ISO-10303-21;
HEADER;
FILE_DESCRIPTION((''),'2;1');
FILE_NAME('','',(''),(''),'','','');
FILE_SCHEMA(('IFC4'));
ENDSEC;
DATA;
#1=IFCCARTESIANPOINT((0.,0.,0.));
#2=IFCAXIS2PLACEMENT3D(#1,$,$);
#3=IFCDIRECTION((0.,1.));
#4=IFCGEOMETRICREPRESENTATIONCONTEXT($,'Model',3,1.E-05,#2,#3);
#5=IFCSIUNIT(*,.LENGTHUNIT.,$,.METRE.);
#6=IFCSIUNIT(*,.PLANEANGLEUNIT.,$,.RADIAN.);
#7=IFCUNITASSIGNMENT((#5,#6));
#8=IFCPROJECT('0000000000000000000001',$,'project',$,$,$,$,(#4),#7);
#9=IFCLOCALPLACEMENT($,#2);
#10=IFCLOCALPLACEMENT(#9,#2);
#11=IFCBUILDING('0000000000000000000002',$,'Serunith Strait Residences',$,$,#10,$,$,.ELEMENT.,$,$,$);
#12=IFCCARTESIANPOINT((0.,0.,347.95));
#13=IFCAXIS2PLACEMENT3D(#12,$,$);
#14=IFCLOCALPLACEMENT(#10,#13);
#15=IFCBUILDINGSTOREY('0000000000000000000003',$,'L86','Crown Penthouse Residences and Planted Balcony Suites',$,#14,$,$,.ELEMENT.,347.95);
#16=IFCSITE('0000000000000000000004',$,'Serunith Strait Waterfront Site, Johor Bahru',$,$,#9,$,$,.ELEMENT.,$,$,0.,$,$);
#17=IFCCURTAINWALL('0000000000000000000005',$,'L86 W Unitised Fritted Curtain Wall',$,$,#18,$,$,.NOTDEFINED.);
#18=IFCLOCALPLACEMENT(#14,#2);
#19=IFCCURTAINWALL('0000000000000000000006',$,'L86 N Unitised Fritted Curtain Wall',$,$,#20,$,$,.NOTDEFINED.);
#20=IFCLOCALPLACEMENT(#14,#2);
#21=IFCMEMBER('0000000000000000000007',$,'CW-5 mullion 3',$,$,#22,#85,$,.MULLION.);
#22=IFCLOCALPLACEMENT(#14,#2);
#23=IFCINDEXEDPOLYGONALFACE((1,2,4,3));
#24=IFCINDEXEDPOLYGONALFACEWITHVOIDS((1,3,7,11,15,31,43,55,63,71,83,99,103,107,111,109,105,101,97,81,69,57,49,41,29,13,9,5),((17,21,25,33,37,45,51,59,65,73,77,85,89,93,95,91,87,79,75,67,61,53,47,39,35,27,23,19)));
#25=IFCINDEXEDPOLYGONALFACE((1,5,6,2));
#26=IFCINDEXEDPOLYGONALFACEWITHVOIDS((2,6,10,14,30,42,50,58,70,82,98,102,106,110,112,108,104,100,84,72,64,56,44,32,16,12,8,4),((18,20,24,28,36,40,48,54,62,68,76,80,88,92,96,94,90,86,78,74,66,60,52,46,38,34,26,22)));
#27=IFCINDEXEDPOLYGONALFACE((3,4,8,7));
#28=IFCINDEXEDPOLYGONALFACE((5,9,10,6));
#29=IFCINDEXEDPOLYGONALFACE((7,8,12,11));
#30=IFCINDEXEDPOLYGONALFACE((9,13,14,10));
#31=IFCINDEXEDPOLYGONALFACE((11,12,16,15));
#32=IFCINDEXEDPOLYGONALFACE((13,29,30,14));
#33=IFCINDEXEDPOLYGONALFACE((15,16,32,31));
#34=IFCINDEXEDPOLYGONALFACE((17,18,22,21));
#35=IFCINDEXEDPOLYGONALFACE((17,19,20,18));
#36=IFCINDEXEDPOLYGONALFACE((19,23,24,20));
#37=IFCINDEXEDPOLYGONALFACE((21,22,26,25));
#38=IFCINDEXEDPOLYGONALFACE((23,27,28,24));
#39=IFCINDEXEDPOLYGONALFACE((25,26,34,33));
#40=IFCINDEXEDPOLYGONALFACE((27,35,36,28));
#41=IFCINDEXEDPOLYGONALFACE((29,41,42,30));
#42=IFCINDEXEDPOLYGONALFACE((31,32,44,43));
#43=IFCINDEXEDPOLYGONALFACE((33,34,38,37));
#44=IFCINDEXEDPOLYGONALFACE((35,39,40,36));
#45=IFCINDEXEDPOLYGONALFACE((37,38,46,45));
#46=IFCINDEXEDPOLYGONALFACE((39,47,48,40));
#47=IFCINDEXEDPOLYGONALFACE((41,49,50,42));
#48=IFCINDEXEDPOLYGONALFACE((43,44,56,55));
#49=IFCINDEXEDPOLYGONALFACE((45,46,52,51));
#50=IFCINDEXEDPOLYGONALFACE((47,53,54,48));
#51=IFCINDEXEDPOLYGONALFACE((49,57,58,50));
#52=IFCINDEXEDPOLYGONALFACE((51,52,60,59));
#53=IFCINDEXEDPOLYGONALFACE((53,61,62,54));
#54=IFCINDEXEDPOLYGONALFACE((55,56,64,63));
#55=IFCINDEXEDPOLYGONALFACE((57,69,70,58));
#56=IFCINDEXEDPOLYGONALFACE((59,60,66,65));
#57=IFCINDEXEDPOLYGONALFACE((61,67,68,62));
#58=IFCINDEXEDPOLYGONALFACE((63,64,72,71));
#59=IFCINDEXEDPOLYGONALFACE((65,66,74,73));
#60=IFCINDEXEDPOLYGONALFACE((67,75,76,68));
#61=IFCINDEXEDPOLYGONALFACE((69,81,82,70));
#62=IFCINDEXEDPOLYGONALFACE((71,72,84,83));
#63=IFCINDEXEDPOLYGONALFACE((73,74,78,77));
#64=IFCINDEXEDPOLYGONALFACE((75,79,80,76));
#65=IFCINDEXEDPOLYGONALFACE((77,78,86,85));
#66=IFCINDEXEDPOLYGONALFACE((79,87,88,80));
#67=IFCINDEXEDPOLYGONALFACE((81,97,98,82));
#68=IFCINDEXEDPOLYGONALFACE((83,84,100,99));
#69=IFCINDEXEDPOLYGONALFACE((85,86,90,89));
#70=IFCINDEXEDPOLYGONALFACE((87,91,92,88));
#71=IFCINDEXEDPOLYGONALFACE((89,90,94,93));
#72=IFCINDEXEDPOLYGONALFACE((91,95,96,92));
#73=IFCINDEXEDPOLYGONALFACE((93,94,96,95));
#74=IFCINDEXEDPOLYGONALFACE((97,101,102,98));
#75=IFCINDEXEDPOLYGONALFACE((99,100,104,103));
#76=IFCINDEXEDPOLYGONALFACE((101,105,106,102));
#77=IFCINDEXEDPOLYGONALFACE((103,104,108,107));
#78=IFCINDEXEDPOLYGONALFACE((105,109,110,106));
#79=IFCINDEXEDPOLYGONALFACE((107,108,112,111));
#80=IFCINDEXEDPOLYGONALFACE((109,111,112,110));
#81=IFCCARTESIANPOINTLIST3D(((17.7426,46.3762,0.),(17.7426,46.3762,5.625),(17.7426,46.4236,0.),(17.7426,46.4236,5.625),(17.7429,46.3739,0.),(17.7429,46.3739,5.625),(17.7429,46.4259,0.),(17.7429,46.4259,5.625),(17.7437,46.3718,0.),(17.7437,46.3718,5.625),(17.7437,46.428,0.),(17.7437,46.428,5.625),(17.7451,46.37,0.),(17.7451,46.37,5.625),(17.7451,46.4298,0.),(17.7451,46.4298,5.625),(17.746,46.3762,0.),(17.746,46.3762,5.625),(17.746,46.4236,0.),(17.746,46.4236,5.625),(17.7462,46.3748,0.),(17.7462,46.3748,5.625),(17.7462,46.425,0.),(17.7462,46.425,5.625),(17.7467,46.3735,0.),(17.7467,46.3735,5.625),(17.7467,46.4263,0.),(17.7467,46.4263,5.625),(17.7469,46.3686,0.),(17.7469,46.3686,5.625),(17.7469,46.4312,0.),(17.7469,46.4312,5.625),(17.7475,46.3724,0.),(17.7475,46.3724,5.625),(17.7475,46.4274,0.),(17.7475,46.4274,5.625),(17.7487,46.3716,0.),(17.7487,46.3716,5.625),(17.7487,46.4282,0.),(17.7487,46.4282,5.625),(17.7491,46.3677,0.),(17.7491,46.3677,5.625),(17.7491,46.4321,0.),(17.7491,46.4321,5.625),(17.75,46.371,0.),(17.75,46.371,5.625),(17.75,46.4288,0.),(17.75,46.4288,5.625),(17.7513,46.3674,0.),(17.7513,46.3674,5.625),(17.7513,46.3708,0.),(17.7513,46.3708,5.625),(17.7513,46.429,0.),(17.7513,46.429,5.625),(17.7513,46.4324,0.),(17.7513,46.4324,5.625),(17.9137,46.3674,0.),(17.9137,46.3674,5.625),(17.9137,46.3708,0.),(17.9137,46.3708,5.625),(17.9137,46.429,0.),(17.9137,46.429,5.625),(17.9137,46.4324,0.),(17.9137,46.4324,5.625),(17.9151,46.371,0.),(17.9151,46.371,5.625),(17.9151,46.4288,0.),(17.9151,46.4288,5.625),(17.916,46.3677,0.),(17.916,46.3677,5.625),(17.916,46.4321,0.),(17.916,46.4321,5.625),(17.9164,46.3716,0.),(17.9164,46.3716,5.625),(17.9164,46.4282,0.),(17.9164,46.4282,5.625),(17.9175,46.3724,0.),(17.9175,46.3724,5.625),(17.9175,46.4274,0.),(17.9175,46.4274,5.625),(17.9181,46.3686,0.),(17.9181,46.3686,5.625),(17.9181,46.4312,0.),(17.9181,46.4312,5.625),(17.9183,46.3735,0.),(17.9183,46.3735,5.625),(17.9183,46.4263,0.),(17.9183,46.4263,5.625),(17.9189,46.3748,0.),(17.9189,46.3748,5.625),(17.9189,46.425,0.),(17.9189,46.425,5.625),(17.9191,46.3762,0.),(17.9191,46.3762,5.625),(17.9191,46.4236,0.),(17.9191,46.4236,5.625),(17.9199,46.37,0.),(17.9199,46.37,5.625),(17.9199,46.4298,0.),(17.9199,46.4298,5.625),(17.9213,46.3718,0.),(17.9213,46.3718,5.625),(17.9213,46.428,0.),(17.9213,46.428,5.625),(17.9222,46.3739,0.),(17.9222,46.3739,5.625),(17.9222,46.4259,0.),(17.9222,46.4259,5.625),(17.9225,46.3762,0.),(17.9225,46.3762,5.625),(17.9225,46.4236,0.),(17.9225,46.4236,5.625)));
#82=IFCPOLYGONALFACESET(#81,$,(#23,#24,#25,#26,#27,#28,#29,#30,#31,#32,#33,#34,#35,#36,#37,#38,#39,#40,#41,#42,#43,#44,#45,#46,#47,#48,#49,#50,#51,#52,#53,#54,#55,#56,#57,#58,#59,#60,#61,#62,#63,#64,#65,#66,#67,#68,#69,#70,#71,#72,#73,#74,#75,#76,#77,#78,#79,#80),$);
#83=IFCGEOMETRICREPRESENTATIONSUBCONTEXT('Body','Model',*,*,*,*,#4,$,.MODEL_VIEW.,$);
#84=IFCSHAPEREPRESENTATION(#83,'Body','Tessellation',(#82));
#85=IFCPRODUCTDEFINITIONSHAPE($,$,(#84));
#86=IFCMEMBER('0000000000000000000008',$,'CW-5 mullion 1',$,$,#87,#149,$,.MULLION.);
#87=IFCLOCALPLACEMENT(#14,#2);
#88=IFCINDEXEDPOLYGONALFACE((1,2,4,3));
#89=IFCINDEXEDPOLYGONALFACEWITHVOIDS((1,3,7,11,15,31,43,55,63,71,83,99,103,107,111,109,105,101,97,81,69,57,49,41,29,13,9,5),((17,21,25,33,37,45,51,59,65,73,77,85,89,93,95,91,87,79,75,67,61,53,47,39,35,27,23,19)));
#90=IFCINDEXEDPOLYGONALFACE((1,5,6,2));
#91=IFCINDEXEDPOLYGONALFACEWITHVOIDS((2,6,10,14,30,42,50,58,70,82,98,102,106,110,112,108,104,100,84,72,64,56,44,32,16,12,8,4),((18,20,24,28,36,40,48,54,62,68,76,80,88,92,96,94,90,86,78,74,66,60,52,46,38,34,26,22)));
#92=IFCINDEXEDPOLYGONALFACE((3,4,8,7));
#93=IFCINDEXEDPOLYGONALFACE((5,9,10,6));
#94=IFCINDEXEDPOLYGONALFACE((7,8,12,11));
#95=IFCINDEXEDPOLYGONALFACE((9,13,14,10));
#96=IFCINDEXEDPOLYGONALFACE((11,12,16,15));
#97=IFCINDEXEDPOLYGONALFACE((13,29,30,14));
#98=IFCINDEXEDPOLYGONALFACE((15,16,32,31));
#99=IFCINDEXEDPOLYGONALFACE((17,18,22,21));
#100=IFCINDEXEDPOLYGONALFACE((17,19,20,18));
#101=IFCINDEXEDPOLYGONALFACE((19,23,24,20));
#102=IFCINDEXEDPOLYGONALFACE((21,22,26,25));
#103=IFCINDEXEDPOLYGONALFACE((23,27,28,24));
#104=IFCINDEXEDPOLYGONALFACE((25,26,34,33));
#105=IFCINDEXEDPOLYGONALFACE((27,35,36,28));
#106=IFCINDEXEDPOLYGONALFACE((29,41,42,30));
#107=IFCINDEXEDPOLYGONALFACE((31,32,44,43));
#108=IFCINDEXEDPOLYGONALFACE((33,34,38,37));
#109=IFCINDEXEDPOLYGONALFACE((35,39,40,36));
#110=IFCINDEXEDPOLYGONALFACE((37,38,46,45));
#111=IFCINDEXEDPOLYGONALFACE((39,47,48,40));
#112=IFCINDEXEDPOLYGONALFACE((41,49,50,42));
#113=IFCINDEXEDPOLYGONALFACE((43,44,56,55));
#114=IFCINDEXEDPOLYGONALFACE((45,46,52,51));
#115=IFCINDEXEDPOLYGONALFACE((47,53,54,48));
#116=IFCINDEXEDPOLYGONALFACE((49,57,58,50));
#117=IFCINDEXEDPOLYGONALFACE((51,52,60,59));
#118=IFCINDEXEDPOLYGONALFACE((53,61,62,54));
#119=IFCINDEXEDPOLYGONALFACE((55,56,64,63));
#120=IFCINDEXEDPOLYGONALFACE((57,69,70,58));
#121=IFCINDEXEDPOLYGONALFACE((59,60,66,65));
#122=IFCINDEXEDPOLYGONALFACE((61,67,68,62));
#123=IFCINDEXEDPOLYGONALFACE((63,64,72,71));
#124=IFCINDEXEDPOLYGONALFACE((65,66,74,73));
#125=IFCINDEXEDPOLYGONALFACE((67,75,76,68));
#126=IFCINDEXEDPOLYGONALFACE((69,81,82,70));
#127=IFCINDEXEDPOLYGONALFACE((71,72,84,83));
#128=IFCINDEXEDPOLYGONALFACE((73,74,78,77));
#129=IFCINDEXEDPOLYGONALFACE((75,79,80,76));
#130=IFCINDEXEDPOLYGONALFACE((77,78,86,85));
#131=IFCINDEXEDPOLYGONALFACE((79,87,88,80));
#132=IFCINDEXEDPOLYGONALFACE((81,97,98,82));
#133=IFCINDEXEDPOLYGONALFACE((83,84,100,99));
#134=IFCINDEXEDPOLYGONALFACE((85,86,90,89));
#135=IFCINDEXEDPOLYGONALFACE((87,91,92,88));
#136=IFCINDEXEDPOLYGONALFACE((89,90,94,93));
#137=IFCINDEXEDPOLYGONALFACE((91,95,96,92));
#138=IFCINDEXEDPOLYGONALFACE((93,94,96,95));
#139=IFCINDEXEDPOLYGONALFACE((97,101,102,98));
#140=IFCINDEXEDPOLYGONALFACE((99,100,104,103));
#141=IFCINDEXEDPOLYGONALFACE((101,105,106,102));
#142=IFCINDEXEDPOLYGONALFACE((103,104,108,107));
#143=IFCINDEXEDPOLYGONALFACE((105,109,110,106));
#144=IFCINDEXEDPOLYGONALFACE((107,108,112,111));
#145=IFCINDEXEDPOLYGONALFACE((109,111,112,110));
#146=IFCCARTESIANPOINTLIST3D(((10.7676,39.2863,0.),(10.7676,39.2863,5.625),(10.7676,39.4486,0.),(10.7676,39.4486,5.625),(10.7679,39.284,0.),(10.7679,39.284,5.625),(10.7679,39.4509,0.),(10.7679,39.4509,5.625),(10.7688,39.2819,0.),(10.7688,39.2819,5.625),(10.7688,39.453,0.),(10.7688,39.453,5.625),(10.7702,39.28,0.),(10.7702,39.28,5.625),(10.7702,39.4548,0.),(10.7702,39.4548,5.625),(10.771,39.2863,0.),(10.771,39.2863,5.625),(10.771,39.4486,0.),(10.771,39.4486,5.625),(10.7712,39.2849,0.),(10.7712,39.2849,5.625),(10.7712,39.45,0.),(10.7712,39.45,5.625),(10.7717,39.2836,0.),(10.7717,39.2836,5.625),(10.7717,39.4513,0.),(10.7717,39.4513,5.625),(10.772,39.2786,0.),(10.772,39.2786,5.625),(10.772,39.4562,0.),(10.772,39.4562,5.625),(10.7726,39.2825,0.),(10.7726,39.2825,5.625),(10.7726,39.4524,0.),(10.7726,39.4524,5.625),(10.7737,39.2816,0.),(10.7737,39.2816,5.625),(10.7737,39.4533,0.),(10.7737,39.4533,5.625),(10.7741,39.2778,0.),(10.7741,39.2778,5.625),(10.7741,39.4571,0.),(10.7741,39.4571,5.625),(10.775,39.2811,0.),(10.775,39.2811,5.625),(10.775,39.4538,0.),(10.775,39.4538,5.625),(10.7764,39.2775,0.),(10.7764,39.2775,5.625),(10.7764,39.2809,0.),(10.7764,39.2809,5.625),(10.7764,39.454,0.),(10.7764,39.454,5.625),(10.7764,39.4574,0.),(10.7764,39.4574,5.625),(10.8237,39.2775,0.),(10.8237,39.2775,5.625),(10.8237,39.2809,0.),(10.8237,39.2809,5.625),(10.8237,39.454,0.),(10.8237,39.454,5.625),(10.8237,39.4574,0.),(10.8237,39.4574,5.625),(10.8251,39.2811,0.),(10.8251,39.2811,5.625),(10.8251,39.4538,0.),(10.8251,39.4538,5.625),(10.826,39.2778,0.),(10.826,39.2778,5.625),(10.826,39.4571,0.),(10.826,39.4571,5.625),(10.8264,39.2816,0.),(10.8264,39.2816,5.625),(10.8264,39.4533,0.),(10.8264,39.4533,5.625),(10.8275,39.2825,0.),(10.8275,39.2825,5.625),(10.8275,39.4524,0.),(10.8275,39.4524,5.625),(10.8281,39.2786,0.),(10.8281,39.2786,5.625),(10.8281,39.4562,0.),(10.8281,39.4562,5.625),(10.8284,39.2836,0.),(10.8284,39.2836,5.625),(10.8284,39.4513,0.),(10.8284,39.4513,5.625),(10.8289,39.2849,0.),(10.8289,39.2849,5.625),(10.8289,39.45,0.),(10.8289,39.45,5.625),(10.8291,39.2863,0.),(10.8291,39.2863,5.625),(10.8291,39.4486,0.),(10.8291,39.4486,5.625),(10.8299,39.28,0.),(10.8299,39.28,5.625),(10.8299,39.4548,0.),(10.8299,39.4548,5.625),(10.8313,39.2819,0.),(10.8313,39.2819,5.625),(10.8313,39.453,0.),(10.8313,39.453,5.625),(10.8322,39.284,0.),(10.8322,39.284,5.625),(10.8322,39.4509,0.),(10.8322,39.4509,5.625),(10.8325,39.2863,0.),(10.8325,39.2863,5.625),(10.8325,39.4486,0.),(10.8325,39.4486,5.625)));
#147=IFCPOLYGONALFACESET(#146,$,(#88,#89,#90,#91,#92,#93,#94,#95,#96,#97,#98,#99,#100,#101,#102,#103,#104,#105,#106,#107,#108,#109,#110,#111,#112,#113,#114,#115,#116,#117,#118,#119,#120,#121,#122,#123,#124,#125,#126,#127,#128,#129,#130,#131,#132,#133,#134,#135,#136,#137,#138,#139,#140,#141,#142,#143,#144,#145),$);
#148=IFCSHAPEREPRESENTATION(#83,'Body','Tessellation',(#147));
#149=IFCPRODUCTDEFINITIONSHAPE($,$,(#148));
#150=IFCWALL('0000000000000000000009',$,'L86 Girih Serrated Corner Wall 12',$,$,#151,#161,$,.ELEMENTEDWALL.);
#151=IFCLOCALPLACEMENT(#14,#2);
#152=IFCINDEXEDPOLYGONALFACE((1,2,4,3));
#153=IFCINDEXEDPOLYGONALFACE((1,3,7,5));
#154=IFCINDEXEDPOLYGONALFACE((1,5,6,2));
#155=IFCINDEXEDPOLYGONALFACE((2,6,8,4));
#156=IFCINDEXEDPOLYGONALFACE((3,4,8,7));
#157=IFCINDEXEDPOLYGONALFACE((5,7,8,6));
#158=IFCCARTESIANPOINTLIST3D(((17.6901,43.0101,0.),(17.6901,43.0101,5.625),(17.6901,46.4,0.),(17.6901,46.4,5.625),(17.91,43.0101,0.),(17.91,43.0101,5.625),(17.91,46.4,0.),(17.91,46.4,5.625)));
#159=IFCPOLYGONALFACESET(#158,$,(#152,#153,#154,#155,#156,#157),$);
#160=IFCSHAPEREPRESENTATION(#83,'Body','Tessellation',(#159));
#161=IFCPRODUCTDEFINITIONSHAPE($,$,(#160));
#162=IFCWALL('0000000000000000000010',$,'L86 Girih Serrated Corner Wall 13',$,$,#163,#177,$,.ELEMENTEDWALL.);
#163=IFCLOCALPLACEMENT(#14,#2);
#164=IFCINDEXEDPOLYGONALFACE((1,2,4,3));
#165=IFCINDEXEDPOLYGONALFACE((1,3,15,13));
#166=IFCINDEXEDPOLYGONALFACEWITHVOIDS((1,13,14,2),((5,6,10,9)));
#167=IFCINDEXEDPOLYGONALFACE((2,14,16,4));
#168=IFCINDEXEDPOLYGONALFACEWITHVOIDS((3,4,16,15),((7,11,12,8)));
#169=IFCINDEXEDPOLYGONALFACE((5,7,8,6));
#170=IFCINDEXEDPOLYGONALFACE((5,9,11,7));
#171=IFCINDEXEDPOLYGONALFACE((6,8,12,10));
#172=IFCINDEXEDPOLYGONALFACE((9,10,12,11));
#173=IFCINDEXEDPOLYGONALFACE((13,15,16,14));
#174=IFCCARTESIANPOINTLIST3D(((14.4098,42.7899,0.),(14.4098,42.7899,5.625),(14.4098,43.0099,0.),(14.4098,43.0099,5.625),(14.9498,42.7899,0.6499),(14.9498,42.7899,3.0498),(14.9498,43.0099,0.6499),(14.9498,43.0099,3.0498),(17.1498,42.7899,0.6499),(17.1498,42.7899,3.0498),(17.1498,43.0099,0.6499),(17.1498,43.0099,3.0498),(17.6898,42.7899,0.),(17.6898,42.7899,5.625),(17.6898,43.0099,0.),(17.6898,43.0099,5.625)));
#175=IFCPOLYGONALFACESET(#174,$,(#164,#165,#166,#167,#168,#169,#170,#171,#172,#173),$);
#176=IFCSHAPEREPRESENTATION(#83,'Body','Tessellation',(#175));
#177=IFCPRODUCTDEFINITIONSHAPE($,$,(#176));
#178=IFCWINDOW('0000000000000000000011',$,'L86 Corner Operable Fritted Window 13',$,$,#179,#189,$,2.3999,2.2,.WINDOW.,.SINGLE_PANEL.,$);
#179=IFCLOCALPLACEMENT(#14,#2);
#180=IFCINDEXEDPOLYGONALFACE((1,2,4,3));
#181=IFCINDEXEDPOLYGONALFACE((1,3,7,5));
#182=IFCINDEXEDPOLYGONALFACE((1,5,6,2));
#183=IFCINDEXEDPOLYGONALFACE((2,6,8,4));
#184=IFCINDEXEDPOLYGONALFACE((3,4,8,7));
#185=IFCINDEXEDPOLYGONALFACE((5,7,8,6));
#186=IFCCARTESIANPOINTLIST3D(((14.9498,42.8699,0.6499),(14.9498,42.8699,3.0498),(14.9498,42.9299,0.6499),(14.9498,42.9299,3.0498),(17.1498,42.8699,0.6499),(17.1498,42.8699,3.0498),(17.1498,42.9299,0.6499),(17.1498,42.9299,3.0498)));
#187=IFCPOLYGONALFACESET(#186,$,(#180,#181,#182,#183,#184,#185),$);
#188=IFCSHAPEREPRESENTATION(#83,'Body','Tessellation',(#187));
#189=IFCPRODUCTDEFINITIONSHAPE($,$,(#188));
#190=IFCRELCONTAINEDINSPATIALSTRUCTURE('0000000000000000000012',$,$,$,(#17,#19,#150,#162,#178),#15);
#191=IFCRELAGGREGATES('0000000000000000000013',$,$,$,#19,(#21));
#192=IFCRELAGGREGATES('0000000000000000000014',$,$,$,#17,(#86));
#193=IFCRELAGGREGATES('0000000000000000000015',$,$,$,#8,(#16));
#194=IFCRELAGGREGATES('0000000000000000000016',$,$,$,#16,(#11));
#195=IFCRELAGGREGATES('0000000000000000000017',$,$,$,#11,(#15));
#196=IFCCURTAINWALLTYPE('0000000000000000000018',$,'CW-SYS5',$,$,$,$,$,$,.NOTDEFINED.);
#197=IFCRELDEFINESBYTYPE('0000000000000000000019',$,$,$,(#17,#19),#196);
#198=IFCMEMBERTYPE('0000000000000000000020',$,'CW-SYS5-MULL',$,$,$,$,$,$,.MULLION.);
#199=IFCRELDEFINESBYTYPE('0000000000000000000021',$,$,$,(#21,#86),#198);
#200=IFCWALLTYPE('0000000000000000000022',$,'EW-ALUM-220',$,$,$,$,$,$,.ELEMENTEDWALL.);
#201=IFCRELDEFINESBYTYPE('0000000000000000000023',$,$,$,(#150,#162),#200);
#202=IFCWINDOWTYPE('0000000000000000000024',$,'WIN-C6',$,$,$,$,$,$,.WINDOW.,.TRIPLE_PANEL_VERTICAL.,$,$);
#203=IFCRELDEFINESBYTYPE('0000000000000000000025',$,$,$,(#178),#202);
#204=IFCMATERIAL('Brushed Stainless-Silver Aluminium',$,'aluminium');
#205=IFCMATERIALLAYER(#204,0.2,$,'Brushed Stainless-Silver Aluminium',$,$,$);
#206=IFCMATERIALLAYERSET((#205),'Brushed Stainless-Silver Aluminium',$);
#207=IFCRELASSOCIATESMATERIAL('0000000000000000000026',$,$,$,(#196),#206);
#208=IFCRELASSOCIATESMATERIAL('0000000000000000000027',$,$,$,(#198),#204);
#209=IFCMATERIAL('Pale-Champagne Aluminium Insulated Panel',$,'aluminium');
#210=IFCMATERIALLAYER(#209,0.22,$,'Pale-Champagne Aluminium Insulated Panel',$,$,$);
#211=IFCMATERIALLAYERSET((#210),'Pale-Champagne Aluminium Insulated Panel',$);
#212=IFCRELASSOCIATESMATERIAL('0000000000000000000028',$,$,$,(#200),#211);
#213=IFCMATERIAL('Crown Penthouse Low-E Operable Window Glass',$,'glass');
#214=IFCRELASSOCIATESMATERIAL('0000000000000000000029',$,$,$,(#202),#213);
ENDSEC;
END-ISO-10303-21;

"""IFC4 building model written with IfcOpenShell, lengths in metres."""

from ifc_helpers import new_model, si_unit, direction, frame, frame_2d, origin, origin_2d, place, context, subcontext, project, spatial, rectangle, hollow_rectangle, extrude, source, transform, mapped, material, layer, layer_set, material_profile, profile_set, type_object, element, fill, aggregate, save


model = new_model("IFC4")

# Units and contexts
model_context = context("Model", 3, precision=1e-05, world=origin(), true_north=direction((0.0, 1.0)))
body_context = subcontext(model_context, "Body", "Model", "MODEL_VIEW")
ifc_project = project(units=[si_unit("LENGTHUNIT", "METRE"), si_unit("PLANEANGLEUNIT", "RADIAN")], contexts=[model_context])

# Site, building, storey
site_placement = place(None, origin())
site = spatial("IfcSite", under=ifc_project, at=site_placement, Name="Serunith Strait Waterfront Site, Johor Bahru", CompositionType="ELEMENT", RefElevation=0.0)
building_placement = place(site_placement, origin())
building = spatial("IfcBuilding", under=site, at=building_placement, Name="Serunith Strait Residences", CompositionType="ELEMENT")
storey_placement = place(building_placement, frame((0.0, 0.0, 347.95)))
storey = spatial("IfcBuildingStorey", under=building, at=storey_placement, Name="L86", Description="Crown Penthouse Residences and Planted Balcony Suites", CompositionType="ELEMENT", Elevation=347.95)

# Curtain wall
ifc_material_1 = material(Name="Brushed Stainless-Silver Aluminium", Category="aluminium")
ifc_layer_1 = layer(ifc_material_1, 0.2, Name="Brushed Stainless-Silver Aluminium")
ifc_layer_set_1 = layer_set([ifc_layer_1], Name="Brushed Stainless-Silver Aluminium")
curtain_wall_type = type_object("IfcCurtainWallType", Name="CW-SYS5", PredefinedType="NOTDEFINED", material=ifc_layer_set_1)
curtain_wall_1_placement = place(storey_placement, origin())
curtain_wall_1 = element("IfcCurtainWall", 1, at=curtain_wall_1_placement, inside=storey, type_object=curtain_wall_type, Name="L86 W Unitised Fritted Curtain Wall", PredefinedType="NOTDEFINED")

# Curtain wall, member
curtain_wall_2_placement = place(storey_placement, origin())
curtain_wall_2 = element("IfcCurtainWall", 2, at=curtain_wall_2_placement, inside=storey, type_object=curtain_wall_type, Name="L86 N Unitised Fritted Curtain Wall", PredefinedType="NOTDEFINED")
ifc_material_profile_1 = material_profile(ifc_material_1, hollow_rectangle(XDim=0.0649, YDim=0.1799, WallThickness=0.0034, InnerFilletRadius=0.0054, OuterFilletRadius=0.0088, at=origin_2d()), Name="ALU 180x65x3.5")
ifc_profile_set_1 = profile_set([ifc_material_profile_1], Name="Brushed Stainless-Silver Aluminium")
member_type_1 = type_object("IfcMemberType", Name="CW-SYS5-MULL", PredefinedType="MULLION", material=ifc_profile_set_1)
shared_shape_1 = source(origin(), body_context, "Body", "SweptSolid", [
    extrude(hollow_rectangle(XDim=0.0649, YDim=0.1799, WallThickness=0.0034, InnerFilletRadius=0.0054, OuterFilletRadius=0.0088, at=origin_2d()), origin(), (0.0, 0.0, 1.0), 5.625),
])
member_1_placement = place(storey_placement, frame((17.8325, 46.3999, 0.0), z_axis=(0.0, 0.0, 1.0), x_axis=(0.0, -1.0, 0.0)))
member_1 = element("IfcMember", 3, at=member_1_placement, type_object=member_type_1, Name="CW-5 mullion 3", PredefinedType="MULLION", context=body_context, shape_type="MappedRepresentation", body=[
    mapped(shared_shape_1, transform((0.0, 0.0, 0.0), scale=1.0)),
])
aggregate(curtain_wall_2, [member_1])

# Member
member_2_placement = place(storey_placement, frame((10.8, 39.3674, 0.0), z_axis=(0.0, 0.0, 1.0), x_axis=(1.0, 0.0, 0.0)))
member_2 = element("IfcMember", 4, at=member_2_placement, type_object=member_type_1, Name="CW-5 mullion 1", PredefinedType="MULLION", context=body_context, shape_type="MappedRepresentation", body=[
    mapped(shared_shape_1, transform((0.0, 0.0, 0.0), scale=1.0)),
])
aggregate(curtain_wall_1, [member_2])

# Wall
ifc_material_2 = material(Name="Pale-Champagne Aluminium Insulated Panel", Category="aluminium")
ifc_layer_2 = layer(ifc_material_2, 0.22, Name="Pale-Champagne Aluminium Insulated Panel")
ifc_layer_set_2 = layer_set([ifc_layer_2], Name="Pale-Champagne Aluminium Insulated Panel")
wall_type_1 = type_object("IfcWallType", Name="EW-ALUM-220", PredefinedType="ELEMENTEDWALL", material=ifc_layer_set_2)
wall_1_placement = place(storey_placement, frame((17.8, 46.3999, 0.0), z_axis=(0.0, 0.0, 1.0), x_axis=(0.0, -1.0, 0.0)))
element("IfcWall", 5, at=wall_1_placement, inside=storey, type_object=wall_type_1, Name="L86 Girih Serrated Corner Wall 12", PredefinedType="ELEMENTEDWALL", context=body_context, shape_type="SweptSolid", body=[
    extrude(rectangle(XDim=3.3899, YDim=0.22, at=frame_2d((1.6948, 0.0))), origin(), (0.0, 0.0, 1.0), 5.625),
])

# Wall, opening, window
wall_2_placement = place(storey_placement, frame((17.6899, 42.8999, 0.0), z_axis=(0.0, 0.0, 1.0), x_axis=(-1.0, 0.0, 0.0)))
wall_2 = element("IfcWall", 6, at=wall_2_placement, inside=storey, type_object=wall_type_1, Name="L86 Girih Serrated Corner Wall 13", PredefinedType="ELEMENTEDWALL", context=body_context, shape_type="SweptSolid", body=[
    extrude(rectangle(XDim=3.28, YDim=0.22, at=frame_2d((1.6401, 0.0))), origin(), (0.0, 0.0, 1.0), 5.625),
])
opening_1_placement = place(wall_2_placement, frame((0.54, 0.0, 0.6499)))
opening_1 = element("IfcOpeningElement", 7, at=opening_1_placement, cuts=wall_2, PredefinedType="OPENING", context=body_context, shape_type="SweptSolid", body=[
    extrude(rectangle(XDim=2.2, YDim=2.3999, at=frame_2d((1.1001, 1.2))), frame((0.0, 0.1201, 0.0), z_axis=(0.0, -1.0, 0.0), x_axis=(1.0, 0.0, 0.0)), (0.0, 0.0, 1.0), 0.24),
])
ifc_material_3 = material(Name="Crown Penthouse Low-E Operable Window Glass", Category="glass")
window_type = type_object("IfcWindowType", Name="WIN-C6", PartitioningType="TRIPLE_PANEL_VERTICAL", PredefinedType="WINDOW", material=ifc_material_3)
shared_shape_2 = source(origin(), body_context, "Body", "SweptSolid", [
    extrude(rectangle(XDim=2.2, YDim=2.3999, at=frame_2d((1.1001, 1.2))), frame((0.0, 0.03, 0.0), z_axis=(0.0, -1.0, 0.0), x_axis=(1.0, 0.0, 0.0)), (0.0, 0.0, 1.0), 0.0601),
])
window_1_placement = place(opening_1_placement, origin())
window_1 = element("IfcWindow", 8, at=window_1_placement, inside=storey, type_object=window_type, Name="L86 Corner Operable Fritted Window 13", OverallHeight=2.3999, OverallWidth=2.2, PartitioningType="SINGLE_PANEL", PredefinedType="WINDOW", context=body_context, shape_type="MappedRepresentation", body=[
    mapped(shared_shape_2, transform((0.0, 0.0, 0.0), scale=1.0)),
])
fill(opening_1, window_1)

save(model, "model.ifc")
